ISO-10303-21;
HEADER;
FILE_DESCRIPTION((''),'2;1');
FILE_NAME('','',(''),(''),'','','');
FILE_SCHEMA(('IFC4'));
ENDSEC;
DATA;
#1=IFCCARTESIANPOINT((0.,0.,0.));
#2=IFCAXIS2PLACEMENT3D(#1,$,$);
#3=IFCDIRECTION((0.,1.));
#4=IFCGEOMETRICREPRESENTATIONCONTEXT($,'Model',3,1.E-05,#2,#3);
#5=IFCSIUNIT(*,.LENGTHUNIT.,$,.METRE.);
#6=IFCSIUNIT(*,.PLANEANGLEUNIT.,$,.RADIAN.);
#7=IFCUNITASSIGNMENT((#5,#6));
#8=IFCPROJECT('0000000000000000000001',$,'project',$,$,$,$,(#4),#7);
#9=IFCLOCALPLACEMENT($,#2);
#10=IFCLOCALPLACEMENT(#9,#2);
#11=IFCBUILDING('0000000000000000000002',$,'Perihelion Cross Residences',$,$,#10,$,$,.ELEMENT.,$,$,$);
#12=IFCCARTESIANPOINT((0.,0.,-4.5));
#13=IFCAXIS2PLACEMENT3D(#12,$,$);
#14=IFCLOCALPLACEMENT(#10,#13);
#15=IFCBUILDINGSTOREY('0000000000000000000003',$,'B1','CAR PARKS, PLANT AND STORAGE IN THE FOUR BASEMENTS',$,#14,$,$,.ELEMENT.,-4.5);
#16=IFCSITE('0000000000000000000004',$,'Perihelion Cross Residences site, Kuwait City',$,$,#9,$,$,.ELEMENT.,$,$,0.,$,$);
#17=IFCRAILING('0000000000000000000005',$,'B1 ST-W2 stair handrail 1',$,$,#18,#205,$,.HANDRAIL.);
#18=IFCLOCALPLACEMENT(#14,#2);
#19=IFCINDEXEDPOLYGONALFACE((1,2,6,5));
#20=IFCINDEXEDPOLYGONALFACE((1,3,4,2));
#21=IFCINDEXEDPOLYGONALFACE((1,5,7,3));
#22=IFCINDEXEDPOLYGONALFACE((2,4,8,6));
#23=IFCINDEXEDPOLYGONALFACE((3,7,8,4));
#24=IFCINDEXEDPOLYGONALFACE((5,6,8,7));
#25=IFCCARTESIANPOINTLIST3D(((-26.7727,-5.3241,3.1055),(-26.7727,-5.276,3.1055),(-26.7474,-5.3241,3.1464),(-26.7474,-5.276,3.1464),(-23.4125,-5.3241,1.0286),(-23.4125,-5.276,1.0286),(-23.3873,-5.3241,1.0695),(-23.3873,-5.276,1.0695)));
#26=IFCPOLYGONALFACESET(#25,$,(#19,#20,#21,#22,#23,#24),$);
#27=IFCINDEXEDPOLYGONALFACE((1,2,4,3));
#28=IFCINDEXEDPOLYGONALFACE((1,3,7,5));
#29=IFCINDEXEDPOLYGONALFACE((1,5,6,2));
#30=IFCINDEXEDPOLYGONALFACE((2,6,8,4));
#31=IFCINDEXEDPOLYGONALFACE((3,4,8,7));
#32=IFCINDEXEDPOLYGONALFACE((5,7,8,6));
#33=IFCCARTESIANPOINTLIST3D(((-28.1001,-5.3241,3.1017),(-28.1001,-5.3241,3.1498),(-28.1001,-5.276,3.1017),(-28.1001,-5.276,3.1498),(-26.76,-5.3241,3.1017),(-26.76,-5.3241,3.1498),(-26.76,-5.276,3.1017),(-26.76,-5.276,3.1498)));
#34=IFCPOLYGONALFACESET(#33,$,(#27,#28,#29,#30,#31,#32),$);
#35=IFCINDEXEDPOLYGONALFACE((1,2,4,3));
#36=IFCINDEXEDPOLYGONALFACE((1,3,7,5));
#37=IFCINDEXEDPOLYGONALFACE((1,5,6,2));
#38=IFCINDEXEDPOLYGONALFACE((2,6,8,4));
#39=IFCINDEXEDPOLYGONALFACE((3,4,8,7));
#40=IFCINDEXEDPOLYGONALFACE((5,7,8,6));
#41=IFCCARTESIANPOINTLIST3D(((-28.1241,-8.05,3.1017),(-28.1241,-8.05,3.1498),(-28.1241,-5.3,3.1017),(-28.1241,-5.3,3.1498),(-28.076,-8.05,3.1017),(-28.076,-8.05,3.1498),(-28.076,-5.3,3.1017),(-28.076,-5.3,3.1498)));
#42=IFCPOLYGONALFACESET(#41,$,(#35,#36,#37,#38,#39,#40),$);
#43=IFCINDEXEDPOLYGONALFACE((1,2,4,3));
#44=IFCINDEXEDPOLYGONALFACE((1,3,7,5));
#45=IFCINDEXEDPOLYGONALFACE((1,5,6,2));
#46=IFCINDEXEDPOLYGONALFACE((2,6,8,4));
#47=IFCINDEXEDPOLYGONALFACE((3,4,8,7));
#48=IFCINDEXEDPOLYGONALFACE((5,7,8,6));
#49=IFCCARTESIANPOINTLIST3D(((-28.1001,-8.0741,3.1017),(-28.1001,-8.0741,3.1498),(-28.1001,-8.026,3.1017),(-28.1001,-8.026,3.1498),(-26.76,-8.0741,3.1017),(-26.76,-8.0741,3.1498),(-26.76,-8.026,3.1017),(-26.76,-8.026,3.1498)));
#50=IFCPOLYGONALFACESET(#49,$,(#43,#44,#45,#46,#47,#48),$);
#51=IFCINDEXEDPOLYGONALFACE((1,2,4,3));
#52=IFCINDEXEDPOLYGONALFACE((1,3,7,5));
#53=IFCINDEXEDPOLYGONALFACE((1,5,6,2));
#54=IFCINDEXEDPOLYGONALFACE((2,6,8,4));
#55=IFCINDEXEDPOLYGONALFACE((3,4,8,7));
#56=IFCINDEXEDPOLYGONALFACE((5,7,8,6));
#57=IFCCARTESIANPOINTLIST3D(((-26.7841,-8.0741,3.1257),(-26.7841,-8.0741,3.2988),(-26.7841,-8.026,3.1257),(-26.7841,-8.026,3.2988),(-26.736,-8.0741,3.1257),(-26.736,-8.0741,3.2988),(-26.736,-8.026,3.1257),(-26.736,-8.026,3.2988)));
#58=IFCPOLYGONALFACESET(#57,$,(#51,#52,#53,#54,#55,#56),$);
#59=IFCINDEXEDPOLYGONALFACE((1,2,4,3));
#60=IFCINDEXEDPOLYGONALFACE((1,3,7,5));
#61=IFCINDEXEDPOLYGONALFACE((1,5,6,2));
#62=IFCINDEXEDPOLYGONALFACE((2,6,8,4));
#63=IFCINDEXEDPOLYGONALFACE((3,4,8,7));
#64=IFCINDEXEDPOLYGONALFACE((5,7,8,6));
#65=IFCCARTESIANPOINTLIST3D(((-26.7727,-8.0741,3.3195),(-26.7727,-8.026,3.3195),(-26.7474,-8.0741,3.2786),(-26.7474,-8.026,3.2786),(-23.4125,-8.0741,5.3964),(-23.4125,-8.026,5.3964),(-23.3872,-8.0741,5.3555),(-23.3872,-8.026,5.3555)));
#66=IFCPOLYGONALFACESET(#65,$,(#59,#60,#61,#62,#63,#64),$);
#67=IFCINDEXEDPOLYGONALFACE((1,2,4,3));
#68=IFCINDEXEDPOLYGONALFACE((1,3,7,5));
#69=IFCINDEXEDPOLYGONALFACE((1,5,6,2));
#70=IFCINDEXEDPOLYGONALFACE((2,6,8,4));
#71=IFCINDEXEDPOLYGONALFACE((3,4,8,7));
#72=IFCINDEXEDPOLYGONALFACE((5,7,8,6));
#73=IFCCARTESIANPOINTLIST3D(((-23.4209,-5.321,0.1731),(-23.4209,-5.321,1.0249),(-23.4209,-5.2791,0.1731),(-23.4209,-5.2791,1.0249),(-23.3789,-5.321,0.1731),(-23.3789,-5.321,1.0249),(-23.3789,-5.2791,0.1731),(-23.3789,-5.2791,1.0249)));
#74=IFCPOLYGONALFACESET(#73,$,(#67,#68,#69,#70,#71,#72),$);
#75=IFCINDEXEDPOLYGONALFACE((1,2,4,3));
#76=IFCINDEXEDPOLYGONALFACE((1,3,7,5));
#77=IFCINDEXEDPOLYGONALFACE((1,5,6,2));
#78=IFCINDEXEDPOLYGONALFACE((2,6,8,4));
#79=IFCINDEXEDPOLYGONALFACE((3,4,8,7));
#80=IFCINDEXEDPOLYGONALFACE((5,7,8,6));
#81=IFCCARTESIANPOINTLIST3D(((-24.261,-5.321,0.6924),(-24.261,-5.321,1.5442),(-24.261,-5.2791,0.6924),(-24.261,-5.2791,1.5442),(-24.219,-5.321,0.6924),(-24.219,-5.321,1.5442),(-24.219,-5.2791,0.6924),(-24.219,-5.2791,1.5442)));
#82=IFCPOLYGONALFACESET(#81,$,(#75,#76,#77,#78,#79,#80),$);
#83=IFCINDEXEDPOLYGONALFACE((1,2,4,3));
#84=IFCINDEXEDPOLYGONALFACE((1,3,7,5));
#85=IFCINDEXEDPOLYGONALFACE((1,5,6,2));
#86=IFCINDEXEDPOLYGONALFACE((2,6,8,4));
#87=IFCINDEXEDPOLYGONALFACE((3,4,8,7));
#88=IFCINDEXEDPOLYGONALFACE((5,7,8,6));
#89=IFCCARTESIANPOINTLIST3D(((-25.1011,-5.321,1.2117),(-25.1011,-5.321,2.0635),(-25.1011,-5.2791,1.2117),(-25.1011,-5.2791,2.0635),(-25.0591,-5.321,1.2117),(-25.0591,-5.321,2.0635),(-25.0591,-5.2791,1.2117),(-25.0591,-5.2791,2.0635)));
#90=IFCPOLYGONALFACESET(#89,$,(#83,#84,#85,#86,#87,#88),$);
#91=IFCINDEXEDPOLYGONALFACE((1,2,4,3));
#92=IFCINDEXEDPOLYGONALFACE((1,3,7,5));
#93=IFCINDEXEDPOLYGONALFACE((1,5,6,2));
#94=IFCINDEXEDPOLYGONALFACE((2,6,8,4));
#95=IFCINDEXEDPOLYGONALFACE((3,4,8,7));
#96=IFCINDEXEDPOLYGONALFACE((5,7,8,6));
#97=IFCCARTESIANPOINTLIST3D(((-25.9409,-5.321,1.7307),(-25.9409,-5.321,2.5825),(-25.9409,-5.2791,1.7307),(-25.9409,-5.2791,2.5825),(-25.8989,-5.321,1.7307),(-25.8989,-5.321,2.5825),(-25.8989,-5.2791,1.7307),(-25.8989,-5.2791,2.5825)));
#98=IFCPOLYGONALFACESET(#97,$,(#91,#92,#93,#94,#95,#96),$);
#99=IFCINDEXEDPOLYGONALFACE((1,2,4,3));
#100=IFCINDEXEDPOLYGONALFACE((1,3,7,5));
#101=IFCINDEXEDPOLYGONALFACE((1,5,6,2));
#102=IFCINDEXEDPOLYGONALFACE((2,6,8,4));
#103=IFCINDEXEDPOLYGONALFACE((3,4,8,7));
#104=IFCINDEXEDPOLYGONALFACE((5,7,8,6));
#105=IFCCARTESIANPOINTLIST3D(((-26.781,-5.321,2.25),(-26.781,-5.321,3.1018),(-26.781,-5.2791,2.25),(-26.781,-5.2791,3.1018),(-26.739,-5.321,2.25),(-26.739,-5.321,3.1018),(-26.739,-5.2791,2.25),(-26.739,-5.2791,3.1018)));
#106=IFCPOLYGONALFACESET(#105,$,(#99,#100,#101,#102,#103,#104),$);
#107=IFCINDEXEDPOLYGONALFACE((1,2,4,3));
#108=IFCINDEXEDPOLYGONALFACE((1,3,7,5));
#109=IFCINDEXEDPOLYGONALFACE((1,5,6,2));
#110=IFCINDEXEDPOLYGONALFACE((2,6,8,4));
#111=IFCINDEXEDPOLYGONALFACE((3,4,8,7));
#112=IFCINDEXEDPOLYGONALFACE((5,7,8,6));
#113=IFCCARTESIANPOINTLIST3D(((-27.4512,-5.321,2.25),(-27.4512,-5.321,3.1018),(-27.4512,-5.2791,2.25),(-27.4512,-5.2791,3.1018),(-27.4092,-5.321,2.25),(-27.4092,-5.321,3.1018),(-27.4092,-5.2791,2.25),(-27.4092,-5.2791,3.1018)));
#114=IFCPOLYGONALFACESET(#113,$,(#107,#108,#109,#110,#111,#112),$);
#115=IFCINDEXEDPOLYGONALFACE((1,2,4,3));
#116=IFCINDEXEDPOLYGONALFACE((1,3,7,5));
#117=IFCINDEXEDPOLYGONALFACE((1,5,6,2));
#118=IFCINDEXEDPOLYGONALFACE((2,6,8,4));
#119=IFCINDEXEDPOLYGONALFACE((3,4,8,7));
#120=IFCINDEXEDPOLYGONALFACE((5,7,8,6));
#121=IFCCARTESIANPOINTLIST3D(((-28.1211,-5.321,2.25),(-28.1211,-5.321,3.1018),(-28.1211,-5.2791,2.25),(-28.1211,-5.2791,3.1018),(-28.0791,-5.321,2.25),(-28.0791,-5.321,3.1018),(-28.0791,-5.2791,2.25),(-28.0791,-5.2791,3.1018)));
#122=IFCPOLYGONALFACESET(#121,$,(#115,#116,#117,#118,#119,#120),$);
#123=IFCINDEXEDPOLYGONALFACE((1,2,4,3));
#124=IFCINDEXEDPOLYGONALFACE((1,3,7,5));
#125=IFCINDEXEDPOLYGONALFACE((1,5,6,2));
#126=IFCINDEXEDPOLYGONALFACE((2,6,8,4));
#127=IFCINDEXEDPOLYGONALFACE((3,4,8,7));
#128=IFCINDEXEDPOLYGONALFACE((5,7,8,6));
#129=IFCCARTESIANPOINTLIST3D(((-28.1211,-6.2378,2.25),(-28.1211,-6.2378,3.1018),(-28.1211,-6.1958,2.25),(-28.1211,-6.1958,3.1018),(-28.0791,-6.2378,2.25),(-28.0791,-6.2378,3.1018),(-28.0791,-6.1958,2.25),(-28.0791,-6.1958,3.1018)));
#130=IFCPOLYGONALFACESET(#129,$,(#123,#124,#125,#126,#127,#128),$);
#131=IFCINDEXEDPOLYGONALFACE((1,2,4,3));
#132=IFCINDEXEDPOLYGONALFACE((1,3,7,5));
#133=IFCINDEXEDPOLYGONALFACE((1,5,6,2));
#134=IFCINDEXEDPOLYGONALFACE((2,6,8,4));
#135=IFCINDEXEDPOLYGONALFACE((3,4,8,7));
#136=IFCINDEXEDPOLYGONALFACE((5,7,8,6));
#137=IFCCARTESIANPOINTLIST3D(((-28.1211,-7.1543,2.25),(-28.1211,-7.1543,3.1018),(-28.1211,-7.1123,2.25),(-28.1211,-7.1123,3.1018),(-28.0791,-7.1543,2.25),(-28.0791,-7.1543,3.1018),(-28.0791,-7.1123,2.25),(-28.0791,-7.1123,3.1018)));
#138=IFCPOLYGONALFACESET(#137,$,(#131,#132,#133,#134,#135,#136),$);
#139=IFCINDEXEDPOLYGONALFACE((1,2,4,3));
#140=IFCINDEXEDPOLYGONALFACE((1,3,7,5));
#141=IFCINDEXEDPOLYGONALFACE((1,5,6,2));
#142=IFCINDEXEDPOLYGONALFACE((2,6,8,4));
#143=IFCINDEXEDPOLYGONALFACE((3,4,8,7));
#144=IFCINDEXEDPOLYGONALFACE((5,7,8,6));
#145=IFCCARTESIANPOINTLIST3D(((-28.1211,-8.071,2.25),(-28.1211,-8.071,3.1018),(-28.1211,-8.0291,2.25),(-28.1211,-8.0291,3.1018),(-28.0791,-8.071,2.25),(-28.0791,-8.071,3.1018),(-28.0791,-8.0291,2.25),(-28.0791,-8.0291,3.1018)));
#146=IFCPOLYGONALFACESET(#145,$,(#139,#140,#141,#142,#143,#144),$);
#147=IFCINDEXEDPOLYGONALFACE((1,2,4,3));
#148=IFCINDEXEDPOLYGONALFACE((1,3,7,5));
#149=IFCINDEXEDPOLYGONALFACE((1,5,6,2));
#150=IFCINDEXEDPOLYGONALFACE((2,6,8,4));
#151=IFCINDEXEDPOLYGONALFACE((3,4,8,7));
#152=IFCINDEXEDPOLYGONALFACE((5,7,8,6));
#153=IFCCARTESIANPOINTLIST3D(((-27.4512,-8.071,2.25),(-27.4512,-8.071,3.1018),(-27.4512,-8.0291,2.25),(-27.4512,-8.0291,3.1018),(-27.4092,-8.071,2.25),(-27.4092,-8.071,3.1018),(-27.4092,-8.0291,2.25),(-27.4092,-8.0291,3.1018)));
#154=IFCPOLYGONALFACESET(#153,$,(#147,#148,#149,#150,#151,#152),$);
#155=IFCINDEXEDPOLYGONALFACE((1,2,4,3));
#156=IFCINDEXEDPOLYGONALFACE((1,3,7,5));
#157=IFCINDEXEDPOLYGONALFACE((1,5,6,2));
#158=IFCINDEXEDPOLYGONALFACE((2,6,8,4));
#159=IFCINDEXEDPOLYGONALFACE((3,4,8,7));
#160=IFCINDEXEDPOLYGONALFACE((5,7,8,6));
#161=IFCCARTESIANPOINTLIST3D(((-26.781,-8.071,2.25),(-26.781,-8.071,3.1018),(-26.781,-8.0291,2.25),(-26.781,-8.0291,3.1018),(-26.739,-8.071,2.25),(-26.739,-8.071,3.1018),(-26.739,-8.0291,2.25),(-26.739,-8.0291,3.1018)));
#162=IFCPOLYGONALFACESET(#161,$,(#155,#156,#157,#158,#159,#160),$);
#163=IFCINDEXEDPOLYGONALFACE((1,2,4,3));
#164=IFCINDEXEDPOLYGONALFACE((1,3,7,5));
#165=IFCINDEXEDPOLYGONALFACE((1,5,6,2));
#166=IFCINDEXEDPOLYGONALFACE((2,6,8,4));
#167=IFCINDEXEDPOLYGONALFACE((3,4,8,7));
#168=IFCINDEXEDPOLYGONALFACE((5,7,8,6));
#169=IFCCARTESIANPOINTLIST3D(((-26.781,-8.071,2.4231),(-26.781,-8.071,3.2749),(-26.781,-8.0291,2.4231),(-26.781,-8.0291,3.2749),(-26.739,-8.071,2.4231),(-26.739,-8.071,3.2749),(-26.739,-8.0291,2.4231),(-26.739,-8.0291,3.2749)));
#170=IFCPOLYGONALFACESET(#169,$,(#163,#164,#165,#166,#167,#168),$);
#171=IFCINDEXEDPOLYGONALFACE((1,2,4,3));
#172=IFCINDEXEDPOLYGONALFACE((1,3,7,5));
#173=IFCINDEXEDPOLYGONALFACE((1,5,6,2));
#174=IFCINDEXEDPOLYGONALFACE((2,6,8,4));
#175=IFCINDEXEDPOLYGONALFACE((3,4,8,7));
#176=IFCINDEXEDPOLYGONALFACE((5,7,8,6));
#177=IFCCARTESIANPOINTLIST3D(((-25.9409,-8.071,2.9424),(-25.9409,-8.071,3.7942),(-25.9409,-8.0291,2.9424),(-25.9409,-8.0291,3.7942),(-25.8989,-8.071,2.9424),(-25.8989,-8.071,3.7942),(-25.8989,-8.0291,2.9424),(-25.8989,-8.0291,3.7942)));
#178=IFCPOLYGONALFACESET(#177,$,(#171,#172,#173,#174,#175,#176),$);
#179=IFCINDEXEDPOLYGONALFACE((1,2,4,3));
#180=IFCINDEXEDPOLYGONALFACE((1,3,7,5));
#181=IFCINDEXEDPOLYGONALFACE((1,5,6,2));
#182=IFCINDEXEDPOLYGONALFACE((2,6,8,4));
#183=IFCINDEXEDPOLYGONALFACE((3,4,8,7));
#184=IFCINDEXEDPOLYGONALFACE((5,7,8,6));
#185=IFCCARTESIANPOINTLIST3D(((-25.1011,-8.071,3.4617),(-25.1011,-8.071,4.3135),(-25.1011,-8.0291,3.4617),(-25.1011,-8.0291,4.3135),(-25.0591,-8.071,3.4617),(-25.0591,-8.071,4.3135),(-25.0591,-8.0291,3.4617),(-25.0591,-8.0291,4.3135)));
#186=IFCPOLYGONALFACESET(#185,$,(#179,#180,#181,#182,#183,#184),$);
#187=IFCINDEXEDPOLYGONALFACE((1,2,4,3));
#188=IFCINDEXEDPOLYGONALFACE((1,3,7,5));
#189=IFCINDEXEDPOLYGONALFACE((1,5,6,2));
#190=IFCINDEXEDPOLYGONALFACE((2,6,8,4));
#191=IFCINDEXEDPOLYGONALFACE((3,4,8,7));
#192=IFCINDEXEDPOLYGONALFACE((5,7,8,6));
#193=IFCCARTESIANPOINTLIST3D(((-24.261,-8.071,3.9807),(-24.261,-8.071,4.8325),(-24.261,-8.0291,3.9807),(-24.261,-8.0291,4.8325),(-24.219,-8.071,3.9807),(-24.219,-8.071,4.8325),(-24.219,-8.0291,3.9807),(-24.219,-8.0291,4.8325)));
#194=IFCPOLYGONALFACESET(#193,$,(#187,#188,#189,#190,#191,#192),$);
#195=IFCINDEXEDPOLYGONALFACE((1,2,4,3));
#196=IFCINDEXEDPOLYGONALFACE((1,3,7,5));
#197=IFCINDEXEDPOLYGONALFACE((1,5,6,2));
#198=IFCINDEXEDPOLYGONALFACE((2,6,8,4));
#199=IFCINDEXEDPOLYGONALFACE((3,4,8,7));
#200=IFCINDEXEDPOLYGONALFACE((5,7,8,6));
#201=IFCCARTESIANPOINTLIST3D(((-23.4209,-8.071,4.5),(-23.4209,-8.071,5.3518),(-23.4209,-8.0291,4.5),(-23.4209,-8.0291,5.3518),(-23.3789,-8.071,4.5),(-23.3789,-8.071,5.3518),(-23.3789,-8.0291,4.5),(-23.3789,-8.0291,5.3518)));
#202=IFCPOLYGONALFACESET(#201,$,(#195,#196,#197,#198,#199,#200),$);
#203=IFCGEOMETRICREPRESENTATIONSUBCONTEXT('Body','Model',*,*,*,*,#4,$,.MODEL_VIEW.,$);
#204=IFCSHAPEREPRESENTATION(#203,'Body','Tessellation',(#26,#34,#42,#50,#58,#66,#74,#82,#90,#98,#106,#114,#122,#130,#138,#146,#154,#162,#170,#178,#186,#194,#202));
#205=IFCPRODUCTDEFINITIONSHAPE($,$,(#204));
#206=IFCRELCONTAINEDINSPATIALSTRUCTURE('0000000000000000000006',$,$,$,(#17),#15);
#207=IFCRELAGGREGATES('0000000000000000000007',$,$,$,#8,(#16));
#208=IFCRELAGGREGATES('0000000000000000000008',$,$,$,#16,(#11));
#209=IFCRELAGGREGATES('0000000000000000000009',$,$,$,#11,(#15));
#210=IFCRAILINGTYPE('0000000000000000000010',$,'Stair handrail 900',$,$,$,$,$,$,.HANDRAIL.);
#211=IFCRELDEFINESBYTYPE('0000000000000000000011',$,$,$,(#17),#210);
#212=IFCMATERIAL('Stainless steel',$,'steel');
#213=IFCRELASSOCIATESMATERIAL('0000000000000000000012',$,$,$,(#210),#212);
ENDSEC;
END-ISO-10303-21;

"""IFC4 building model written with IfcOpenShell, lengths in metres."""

from ifc_helpers import new_model, si_unit, direction, frame, origin, origin_2d, place, context, subcontext, project, spatial, rectangle, extrude, material, type_object, element, save


model = new_model("IFC4")

# Units and contexts
model_context = context("Model", 3, precision=1e-05, world=origin(), true_north=direction((0.0, 1.0)))
body_context = subcontext(model_context, "Body", "Model", "MODEL_VIEW")
ifc_project = project(units=[si_unit("LENGTHUNIT", "METRE"), si_unit("PLANEANGLEUNIT", "RADIAN")], contexts=[model_context])

# Site, building, storey
site_placement = place(None, origin())
site = spatial("IfcSite", under=ifc_project, at=site_placement, Name="Perihelion Cross Residences site, Kuwait City", CompositionType="ELEMENT", RefElevation=0.0)
building_placement = place(site_placement, origin())
building = spatial("IfcBuilding", under=site, at=building_placement, Name="Perihelion Cross Residences", CompositionType="ELEMENT")
storey_placement = place(building_placement, frame((0.0, 0.0, -4.5)))
storey = spatial("IfcBuildingStorey", under=building, at=storey_placement, Name="B1", Description="CAR PARKS, PLANT AND STORAGE IN THE FOUR BASEMENTS", CompositionType="ELEMENT", Elevation=-4.5)

# Railing
ifc_material_1 = material(Name="Stainless steel", Category="steel")
railing_type_1 = type_object("IfcRailingType", Name="Stair handrail 900", PredefinedType="HANDRAIL", material=ifc_material_1)
railing_1_placement = place(storey_placement, frame((-23.3999, -5.3, 0.1731)))
element("IfcRailing", 1, at=railing_1_placement, inside=storey, type_object=railing_type_1, Name="B1 ST-W2 stair handrail 1", PredefinedType="HANDRAIL", context=body_context, shape_type="SweptSolid", body=[
    extrude(rectangle(XDim=0.0481, YDim=0.0481, at=origin_2d()), frame((0.0, 0.0, 0.876), z_axis=(-0.850623, 0.0, 0.525776), x_axis=(0.0, -1.0, 0.0)), (0.0, 0.0, 1.0), 3.9502),
    extrude(rectangle(XDim=0.0481, YDim=0.0481, at=origin_2d()), frame((-3.3601, 0.0, 2.9526), z_axis=(-1.0, 0.0, 0.0), x_axis=(0.0, -1.0, 0.0)), (0.0, 0.0, 1.0), 1.3401),
    extrude(rectangle(XDim=0.0481, YDim=0.0481, at=origin_2d()), frame((-4.7002, 0.0, 2.9526), z_axis=(0.0, -1.0, 0.0), x_axis=(1.0, 0.0, 0.0)), (0.0, 0.0, 1.0), 2.75),
    extrude(rectangle(XDim=0.0481, YDim=0.0481, at=origin_2d()), frame((-4.7002, -2.75, 2.9526), z_axis=(1.0, 0.0, 0.0), x_axis=(0.0, 1.0, 0.0)), (0.0, 0.0, 1.0), 1.3401),
    extrude(rectangle(XDim=0.0481, YDim=0.0481, at=origin_2d()), frame((-3.3601, -2.75, 2.9526), z_axis=(0.0, 0.0, 1.0), x_axis=(1.0, 0.0, 0.0)), (0.0, 0.0, 1.0), 0.1731),
    extrude(rectangle(XDim=0.0481, YDim=0.0481, at=origin_2d()), frame((-3.3601, -2.75, 3.126), z_axis=(0.850623, 0.0, 0.525776), x_axis=(0.0, 1.0, 0.0)), (0.0, 0.0, 1.0), 3.9502),
    extrude(rectangle(XDim=0.042, YDim=0.042, at=origin_2d()), origin(), (0.0, 0.0, 1.0), 0.8518),
    extrude(rectangle(XDim=0.042, YDim=0.042, at=origin_2d()), frame((-0.8401, 0.0, 0.5193)), (0.0, 0.0, 1.0), 0.8518),
    extrude(rectangle(XDim=0.042, YDim=0.042, at=origin_2d()), frame((-1.6802, 0.0, 1.0386)), (0.0, 0.0, 1.0), 0.8518),
    extrude(rectangle(XDim=0.042, YDim=0.042, at=origin_2d()), frame((-2.52, 0.0, 1.5576)), (0.0, 0.0, 1.0), 0.8518),
    extrude(rectangle(XDim=0.042, YDim=0.042, at=origin_2d()), frame((-3.3601, 0.0, 2.0769)), (0.0, 0.0, 1.0), 0.8518),
    extrude(rectangle(XDim=0.042, YDim=0.042, at=origin_2d()), frame((-4.0303, 0.0, 2.0769)), (0.0, 0.0, 1.0), 0.8518),
    extrude(rectangle(XDim=0.042, YDim=0.042, at=origin_2d()), frame((-4.7002, 0.0, 2.0769)), (0.0, 0.0, 1.0), 0.8518),
    extrude(rectangle(XDim=0.042, YDim=0.042, at=origin_2d()), frame((-4.7002, -0.9167, 2.0769)), (0.0, 0.0, 1.0), 0.8518),
    extrude(rectangle(XDim=0.042, YDim=0.042, at=origin_2d()), frame((-4.7002, -1.8333, 2.0769)), (0.0, 0.0, 1.0), 0.8518),
    extrude(rectangle(XDim=0.042, YDim=0.042, at=origin_2d()), frame((-4.7002, -2.75, 2.0769)), (0.0, 0.0, 1.0), 0.8518),
    extrude(rectangle(XDim=0.042, YDim=0.042, at=origin_2d()), frame((-4.0303, -2.75, 2.0769)), (0.0, 0.0, 1.0), 0.8518),
    extrude(rectangle(XDim=0.042, YDim=0.042, at=origin_2d()), frame((-3.3601, -2.75, 2.0769)), (0.0, 0.0, 1.0), 0.8518),
    extrude(rectangle(XDim=0.042, YDim=0.042, at=origin_2d()), frame((-3.3601, -2.75, 2.25)), (0.0, 0.0, 1.0), 0.8518),
    extrude(rectangle(XDim=0.042, YDim=0.042, at=origin_2d()), frame((-2.52, -2.75, 2.7693)), (0.0, 0.0, 1.0), 0.8518),
    extrude(rectangle(XDim=0.042, YDim=0.042, at=origin_2d()), frame((-1.6802, -2.75, 3.2886)), (0.0, 0.0, 1.0), 0.8518),
    extrude(rectangle(XDim=0.042, YDim=0.042, at=origin_2d()), frame((-0.8401, -2.75, 3.8076)), (0.0, 0.0, 1.0), 0.8518),
    extrude(rectangle(XDim=0.042, YDim=0.042, at=origin_2d()), frame((0.0, -2.75, 4.3269)), (0.0, 0.0, 1.0), 0.8518),
])

save(model, "model.ifc")
